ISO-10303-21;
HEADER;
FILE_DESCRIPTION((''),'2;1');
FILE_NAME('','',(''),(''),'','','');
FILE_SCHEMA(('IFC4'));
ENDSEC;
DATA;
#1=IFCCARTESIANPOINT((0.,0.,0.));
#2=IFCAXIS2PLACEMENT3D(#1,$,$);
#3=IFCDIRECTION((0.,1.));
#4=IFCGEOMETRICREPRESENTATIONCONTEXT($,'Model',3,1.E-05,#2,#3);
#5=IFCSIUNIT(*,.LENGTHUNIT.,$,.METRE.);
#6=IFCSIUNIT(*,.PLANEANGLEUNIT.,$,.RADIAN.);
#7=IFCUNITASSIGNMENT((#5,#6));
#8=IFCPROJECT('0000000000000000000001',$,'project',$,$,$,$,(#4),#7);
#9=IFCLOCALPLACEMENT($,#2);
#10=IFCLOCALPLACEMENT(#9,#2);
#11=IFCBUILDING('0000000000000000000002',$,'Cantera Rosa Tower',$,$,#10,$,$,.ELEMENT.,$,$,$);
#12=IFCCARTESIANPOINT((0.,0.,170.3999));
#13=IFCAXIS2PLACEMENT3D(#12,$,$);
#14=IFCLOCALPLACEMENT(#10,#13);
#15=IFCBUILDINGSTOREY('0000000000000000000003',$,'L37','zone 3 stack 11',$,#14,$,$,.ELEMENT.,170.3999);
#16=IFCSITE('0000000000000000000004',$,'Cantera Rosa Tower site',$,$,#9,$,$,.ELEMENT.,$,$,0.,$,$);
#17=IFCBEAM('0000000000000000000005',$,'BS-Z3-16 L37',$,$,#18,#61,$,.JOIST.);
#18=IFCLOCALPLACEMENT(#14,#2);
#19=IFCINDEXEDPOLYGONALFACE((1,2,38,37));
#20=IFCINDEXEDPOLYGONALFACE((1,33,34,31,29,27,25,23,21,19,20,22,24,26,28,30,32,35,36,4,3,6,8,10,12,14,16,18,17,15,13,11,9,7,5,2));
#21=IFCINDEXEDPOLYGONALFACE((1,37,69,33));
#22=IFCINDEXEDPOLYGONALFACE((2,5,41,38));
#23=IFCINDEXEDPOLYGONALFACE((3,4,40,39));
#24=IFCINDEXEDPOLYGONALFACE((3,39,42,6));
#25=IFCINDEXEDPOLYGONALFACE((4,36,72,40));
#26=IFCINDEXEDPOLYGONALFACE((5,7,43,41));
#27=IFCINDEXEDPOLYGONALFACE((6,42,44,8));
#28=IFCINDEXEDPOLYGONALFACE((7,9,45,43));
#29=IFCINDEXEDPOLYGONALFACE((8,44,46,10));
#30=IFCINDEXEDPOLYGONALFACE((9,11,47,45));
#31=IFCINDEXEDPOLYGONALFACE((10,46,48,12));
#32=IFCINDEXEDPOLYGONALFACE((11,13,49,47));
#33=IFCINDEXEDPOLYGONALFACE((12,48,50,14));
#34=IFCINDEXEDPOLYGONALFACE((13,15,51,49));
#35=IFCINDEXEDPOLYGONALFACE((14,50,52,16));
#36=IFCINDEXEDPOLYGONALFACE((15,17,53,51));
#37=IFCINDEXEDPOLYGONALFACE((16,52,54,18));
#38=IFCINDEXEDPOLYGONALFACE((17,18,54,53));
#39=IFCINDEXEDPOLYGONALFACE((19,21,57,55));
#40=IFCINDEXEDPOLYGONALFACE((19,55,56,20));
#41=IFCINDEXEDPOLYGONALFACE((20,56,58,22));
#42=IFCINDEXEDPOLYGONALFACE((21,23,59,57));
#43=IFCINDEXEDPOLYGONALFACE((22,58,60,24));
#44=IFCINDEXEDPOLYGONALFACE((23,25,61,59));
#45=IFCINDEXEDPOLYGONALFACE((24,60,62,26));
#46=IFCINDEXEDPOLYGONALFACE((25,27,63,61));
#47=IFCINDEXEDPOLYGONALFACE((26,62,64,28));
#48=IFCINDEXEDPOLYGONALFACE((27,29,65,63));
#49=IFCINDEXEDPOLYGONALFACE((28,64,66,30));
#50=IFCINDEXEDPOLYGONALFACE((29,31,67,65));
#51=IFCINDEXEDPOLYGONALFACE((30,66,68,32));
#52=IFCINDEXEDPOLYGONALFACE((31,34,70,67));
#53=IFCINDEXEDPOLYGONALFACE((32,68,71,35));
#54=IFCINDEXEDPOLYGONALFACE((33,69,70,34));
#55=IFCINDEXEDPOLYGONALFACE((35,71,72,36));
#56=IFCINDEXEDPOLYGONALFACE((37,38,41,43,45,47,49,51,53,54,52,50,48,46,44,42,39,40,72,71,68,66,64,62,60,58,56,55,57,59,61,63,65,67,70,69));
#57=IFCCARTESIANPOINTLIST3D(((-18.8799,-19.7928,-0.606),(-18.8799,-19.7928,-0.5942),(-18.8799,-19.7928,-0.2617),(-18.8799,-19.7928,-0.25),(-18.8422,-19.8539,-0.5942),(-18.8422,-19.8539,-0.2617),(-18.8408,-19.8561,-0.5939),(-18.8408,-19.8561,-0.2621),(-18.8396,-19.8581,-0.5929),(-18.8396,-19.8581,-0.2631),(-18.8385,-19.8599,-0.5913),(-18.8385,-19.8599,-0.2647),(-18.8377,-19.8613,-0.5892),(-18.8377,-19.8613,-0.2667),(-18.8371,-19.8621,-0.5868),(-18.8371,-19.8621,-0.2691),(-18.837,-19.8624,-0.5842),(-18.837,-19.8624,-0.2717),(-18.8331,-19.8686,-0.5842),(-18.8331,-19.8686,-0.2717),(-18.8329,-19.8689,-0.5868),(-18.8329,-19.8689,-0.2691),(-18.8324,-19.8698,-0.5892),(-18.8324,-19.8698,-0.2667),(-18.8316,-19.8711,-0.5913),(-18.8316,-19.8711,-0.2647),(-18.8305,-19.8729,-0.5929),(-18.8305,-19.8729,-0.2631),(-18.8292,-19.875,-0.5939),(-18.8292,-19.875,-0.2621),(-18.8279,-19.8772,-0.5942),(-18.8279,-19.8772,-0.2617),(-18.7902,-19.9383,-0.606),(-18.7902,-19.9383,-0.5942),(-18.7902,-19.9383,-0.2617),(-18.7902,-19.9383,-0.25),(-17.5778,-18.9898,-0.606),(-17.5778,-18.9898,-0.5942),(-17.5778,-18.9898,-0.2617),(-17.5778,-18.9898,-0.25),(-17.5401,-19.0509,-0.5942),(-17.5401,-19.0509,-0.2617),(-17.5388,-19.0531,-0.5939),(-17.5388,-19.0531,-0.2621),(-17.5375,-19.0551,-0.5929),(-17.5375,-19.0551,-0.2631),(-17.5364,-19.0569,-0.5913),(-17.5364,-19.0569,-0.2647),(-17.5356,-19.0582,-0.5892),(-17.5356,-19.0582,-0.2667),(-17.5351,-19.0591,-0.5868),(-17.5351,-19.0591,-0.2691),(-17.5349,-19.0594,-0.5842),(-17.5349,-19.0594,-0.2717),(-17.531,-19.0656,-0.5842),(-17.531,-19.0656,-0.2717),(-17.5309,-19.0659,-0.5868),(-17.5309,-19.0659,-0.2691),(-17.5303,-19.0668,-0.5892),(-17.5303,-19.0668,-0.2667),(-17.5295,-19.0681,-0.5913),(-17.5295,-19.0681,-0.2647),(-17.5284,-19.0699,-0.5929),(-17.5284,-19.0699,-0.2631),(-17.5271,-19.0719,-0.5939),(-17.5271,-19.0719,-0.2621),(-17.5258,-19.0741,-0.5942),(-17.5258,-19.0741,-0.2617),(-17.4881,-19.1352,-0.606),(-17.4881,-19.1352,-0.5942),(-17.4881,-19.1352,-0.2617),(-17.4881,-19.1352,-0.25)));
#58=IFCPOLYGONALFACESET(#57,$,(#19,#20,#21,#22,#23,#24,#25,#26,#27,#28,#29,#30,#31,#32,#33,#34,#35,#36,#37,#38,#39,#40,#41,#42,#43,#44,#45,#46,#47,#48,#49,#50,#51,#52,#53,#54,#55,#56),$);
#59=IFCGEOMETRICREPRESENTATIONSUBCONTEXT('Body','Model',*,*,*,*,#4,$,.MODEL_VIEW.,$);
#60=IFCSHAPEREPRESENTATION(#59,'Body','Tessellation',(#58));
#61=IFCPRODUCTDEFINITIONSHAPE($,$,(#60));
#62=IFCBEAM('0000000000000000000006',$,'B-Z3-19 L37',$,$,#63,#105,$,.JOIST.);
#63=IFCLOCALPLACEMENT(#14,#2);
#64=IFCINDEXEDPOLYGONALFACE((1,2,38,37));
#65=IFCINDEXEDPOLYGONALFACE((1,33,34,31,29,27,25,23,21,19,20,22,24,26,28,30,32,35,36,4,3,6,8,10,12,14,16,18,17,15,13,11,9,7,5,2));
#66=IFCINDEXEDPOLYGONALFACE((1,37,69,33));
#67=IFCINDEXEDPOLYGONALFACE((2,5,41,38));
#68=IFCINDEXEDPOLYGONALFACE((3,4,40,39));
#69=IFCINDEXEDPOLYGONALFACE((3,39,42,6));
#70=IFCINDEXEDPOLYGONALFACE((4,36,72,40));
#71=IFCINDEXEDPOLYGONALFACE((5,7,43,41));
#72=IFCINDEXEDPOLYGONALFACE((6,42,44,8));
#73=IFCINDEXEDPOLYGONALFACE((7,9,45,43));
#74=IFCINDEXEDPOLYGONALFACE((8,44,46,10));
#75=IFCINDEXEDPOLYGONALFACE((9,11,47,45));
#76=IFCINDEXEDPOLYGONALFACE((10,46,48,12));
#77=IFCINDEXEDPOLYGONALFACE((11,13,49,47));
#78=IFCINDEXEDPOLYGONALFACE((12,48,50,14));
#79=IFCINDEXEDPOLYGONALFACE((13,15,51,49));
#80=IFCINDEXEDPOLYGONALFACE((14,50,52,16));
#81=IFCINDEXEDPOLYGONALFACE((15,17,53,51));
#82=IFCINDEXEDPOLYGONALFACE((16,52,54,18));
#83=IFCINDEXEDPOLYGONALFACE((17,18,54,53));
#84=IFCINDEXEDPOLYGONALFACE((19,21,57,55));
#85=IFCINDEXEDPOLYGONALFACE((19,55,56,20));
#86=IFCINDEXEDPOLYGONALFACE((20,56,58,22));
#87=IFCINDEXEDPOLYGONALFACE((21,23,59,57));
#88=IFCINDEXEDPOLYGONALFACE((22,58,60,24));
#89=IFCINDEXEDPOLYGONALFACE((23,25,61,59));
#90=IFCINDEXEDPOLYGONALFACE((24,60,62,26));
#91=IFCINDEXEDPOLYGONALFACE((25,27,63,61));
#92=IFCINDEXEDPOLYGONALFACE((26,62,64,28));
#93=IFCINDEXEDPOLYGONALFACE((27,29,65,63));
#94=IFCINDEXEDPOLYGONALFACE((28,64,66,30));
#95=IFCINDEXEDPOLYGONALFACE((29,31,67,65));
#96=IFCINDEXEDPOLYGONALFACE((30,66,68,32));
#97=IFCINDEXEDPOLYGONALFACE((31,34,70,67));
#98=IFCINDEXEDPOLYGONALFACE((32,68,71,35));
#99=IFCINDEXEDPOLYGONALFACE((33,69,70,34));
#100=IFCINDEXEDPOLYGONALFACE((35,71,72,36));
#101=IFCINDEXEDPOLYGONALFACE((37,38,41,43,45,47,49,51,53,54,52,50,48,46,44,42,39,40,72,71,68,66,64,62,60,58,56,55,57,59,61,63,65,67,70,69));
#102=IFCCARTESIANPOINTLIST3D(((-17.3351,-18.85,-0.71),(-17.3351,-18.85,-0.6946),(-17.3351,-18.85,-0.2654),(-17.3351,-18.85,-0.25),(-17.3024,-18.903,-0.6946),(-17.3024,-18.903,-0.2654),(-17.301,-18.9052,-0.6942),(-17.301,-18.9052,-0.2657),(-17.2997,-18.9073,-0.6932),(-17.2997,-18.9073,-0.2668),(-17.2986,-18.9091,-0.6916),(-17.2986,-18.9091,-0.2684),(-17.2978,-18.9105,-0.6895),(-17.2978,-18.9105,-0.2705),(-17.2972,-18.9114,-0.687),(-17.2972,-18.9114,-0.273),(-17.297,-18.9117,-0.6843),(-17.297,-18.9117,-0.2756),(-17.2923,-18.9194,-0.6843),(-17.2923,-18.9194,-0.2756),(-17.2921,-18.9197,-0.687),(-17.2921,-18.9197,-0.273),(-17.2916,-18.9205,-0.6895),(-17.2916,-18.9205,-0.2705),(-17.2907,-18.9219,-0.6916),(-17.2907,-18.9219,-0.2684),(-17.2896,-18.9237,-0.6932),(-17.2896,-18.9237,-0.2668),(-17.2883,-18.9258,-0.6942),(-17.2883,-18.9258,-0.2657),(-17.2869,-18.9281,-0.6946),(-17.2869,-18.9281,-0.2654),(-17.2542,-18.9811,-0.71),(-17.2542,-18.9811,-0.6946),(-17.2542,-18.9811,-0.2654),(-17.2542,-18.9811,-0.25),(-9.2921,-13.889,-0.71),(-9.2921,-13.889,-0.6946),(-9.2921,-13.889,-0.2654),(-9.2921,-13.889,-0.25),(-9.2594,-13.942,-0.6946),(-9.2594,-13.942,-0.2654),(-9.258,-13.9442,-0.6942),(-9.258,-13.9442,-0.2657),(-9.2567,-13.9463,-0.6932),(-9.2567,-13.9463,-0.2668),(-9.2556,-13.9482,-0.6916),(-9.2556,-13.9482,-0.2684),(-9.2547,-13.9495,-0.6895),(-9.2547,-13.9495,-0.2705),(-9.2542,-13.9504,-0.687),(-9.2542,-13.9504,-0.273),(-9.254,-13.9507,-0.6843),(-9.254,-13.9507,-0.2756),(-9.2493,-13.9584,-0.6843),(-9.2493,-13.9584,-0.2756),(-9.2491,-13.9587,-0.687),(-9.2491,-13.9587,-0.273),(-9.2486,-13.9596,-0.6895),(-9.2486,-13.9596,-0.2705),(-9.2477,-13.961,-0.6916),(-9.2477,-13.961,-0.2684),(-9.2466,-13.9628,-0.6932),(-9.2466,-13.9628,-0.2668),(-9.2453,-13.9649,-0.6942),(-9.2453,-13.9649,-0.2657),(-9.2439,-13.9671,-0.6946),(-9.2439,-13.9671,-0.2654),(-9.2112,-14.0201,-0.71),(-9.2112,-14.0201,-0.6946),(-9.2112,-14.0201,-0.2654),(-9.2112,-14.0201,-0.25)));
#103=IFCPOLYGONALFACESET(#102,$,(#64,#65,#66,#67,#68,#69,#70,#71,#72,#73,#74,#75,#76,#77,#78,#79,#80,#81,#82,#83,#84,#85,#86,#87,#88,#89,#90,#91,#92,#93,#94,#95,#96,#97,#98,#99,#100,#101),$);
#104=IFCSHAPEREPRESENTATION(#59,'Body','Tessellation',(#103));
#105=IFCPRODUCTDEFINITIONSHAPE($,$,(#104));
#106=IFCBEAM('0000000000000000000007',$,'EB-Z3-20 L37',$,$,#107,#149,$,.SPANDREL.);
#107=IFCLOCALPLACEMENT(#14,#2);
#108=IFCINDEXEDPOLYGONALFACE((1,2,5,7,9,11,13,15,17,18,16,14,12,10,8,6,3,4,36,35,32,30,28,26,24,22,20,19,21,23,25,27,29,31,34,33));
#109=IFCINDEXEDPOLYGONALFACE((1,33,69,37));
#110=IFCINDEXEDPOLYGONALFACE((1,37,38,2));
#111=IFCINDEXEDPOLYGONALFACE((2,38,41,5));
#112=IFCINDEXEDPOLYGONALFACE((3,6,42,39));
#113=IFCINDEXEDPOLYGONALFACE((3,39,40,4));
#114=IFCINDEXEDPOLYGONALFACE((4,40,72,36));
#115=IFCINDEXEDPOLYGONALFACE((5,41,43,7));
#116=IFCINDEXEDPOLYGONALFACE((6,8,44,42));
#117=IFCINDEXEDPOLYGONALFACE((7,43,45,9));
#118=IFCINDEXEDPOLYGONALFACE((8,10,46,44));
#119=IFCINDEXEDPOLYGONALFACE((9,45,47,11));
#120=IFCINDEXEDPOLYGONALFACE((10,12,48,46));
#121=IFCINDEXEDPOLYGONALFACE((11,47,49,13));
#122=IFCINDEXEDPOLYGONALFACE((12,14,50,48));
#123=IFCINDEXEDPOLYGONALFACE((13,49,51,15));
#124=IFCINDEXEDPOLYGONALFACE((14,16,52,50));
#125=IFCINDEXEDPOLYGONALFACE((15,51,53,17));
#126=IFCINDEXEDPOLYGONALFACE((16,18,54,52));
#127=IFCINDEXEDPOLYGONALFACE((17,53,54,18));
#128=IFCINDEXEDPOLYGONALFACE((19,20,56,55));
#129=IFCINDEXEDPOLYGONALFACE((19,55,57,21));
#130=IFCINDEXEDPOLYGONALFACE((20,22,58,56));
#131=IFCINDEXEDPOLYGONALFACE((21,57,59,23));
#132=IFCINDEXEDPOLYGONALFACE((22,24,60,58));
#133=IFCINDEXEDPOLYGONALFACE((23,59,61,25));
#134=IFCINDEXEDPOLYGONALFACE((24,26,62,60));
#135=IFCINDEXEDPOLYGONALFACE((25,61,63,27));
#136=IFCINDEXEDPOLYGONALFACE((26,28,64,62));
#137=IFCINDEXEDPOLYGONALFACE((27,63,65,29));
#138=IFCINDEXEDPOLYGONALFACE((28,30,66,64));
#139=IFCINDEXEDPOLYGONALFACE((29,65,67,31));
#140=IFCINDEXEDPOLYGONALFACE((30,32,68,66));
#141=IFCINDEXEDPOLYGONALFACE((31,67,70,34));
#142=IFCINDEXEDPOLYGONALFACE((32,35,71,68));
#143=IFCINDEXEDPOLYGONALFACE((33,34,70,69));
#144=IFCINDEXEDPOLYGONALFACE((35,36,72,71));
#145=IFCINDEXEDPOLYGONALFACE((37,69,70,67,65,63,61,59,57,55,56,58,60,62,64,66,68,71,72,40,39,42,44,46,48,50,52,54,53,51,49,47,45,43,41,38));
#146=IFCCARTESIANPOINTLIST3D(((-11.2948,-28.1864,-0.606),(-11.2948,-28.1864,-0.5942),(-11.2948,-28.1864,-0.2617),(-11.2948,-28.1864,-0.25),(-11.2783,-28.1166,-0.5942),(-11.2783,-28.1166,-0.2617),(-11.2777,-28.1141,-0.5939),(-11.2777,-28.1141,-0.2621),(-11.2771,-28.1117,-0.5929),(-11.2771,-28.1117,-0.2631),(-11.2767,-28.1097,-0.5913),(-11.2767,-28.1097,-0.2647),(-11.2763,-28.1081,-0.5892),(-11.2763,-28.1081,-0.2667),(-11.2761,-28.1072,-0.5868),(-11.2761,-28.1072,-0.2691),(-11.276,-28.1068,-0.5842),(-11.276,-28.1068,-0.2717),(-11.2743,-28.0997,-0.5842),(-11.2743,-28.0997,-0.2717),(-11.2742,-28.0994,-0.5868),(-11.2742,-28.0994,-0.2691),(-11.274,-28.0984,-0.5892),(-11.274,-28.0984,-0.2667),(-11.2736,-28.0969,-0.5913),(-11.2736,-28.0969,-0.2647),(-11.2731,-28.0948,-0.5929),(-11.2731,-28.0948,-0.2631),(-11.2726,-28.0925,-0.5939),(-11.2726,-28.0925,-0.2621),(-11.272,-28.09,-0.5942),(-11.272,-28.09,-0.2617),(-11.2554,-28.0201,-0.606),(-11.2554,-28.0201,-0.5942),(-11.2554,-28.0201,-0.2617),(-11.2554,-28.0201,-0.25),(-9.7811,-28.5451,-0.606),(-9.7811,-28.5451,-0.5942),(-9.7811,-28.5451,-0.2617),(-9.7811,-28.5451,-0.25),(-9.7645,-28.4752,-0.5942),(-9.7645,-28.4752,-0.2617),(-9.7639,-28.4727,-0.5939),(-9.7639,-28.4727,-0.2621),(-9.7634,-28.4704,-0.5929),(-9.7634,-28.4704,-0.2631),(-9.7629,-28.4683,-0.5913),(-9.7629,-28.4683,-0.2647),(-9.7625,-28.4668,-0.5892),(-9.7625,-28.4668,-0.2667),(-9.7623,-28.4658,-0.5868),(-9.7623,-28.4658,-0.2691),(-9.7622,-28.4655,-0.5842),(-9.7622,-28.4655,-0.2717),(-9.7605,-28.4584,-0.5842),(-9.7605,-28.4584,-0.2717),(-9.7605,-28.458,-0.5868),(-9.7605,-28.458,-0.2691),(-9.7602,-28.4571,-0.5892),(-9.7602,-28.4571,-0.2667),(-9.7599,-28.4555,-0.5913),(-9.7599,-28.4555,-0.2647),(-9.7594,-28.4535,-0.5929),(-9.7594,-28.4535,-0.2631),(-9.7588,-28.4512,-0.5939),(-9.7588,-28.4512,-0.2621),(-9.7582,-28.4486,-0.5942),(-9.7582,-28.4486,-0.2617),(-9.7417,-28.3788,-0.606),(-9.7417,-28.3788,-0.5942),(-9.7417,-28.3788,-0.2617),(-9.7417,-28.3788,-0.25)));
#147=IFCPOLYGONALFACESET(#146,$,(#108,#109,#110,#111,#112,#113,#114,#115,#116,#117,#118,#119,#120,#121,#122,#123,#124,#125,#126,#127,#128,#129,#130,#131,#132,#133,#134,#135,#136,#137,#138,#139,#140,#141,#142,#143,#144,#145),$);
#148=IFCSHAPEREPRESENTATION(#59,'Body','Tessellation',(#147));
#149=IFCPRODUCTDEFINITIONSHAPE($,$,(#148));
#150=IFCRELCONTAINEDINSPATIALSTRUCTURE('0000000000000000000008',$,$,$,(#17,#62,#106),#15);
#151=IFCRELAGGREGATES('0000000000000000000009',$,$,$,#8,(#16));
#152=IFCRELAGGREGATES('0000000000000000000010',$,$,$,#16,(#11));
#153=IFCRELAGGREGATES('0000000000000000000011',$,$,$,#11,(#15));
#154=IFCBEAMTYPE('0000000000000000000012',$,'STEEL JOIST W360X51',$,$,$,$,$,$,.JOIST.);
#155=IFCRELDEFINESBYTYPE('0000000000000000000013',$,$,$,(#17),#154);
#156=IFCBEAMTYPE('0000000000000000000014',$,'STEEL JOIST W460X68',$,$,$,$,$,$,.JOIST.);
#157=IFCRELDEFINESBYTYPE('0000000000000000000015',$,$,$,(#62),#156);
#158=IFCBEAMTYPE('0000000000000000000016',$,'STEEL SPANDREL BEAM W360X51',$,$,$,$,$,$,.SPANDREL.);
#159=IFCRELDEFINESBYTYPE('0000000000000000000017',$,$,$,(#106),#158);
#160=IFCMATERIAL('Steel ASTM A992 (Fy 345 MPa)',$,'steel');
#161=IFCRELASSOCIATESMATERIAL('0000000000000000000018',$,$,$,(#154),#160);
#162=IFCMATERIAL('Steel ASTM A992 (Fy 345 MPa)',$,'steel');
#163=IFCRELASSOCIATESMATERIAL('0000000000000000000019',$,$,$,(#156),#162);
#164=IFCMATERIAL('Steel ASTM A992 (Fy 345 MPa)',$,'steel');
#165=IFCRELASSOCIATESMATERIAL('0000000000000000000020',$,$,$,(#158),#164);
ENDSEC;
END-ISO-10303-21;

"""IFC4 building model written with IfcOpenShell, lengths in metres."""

from ifc_helpers import new_model, si_unit, direction, frame, origin, origin_2d, place, context, subcontext, project, spatial, i_section, extrude, material, material_profile, profile_set, type_object, element, save


model = new_model("IFC4")

# Units and contexts
model_context = context("Model", 3, precision=1e-05, world=origin(), true_north=direction((0.0, 1.0)))
body_context = subcontext(model_context, "Body", "Model", "MODEL_VIEW")
ifc_project = project(units=[si_unit("LENGTHUNIT", "METRE"), si_unit("PLANEANGLEUNIT", "RADIAN")], contexts=[model_context])

# Site, building, storey
site_placement = place(None, origin())
site = spatial("IfcSite", under=ifc_project, at=site_placement, Name="Cantera Rosa Tower site", CompositionType="ELEMENT", RefElevation=0.0)
building_placement = place(site_placement, origin())
building = spatial("IfcBuilding", under=site, at=building_placement, Name="Cantera Rosa Tower", CompositionType="ELEMENT")
storey_placement = place(building_placement, frame((0.0, 0.0, 170.3999)))
storey = spatial("IfcBuildingStorey", under=building, at=storey_placement, Name="L37", Description="zone 3 stack 11", CompositionType="ELEMENT", Elevation=170.3999)

# Beams
ifc_material_1 = material(Name="Steel ASTM A992 (Fy 345 MPa)", Category="steel")
ifc_material_profile_1 = material_profile(ifc_material_1, i_section(OverallWidth=0.1709, OverallDepth=0.356, WebThickness=0.0073, FlangeThickness=0.0117, FilletRadius=0.01, at=origin_2d()), Name="W360X51")
ifc_profile_set_1 = profile_set([ifc_material_profile_1], Name="Steel ASTM A992 (Fy 345 MPa)")
beam_type_1 = type_object("IfcBeamType", Name="STEEL JOIST W360X51", PredefinedType="JOIST", material=ifc_profile_set_1)
beam_1_placement = place(storey_placement, frame((-17.533, -19.0625, -0.428), z_axis=(-0.851148, -0.524925, 0.0), x_axis=(0.524925, -0.851148, 0.0)))
element("IfcBeam", 1, at=beam_1_placement, inside=storey, type_object=beam_type_1, Name="BS-Z3-16 L37", PredefinedType="JOIST", context=body_context, shape_type="SweptSolid", body=[
    extrude(i_section(OverallWidth=0.1709, OverallDepth=0.356, WebThickness=0.0073, FlangeThickness=0.0117, FilletRadius=0.01, at=origin_2d()), origin(), (0.0, 0.0, 1.0), 1.5298),
])
ifc_material_2 = material(Name="Steel ASTM A992 (Fy 345 MPa)", Category="steel")
ifc_material_profile_2 = material_profile(ifc_material_2, i_section(OverallWidth=0.1541, OverallDepth=0.46, WebThickness=0.009, FlangeThickness=0.0154, FilletRadius=0.0103, at=origin_2d()), Name="W460X68")
ifc_profile_set_2 = profile_set([ifc_material_profile_2], Name="Steel ASTM A992 (Fy 345 MPa)")
beam_type_2 = type_object("IfcBeamType", Name="STEEL JOIST W460X68", PredefinedType="JOIST", material=ifc_profile_set_2)
beam_2_placement = place(storey_placement, frame((-17.2947, -18.9155, -0.48), z_axis=(0.851119, 0.524974, 0.0), x_axis=(-0.524974, 0.851119, 0.0)))
element("IfcBeam", 2, at=beam_2_placement, inside=storey, type_object=beam_type_2, Name="B-Z3-19 L37", PredefinedType="JOIST", context=body_context, shape_type="SweptSolid", body=[
    extrude(i_section(OverallWidth=0.1541, OverallDepth=0.46, WebThickness=0.009, FlangeThickness=0.0154, FilletRadius=0.0103, at=origin_2d()), origin(), (0.0, 0.0, 1.0), 9.45),
])
ifc_material_3 = material(Name="Steel ASTM A992 (Fy 345 MPa)", Category="steel")
ifc_material_profile_3 = material_profile(ifc_material_3, i_section(OverallWidth=0.1709, OverallDepth=0.356, WebThickness=0.0073, FlangeThickness=0.0117, FilletRadius=0.01, at=origin_2d()), Name="W360X51")
ifc_profile_set_3 = profile_set([ifc_material_profile_3], Name="Steel ASTM A992 (Fy 345 MPa)")
beam_type_3 = type_object("IfcBeamType", Name="STEEL SPANDREL BEAM W360X51", PredefinedType="SPANDREL", material=ifc_profile_set_3)
beam_3_placement = place(storey_placement, frame((-11.2751, -28.1033, -0.428), z_axis=(0.97306, -0.230552, 0.0), x_axis=(0.230552, 0.97306, 0.0)))
element("IfcBeam", 3, at=beam_3_placement, inside=storey, type_object=beam_type_3, Name="EB-Z3-20 L37", PredefinedType="SPANDREL", context=body_context, shape_type="SweptSolid", body=[
    extrude(i_section(OverallWidth=0.1709, OverallDepth=0.356, WebThickness=0.0073, FlangeThickness=0.0117, FilletRadius=0.01, at=origin_2d()), origin(), (0.0, 0.0, 1.0), 1.5557),
])

save(model, "model.ifc")
